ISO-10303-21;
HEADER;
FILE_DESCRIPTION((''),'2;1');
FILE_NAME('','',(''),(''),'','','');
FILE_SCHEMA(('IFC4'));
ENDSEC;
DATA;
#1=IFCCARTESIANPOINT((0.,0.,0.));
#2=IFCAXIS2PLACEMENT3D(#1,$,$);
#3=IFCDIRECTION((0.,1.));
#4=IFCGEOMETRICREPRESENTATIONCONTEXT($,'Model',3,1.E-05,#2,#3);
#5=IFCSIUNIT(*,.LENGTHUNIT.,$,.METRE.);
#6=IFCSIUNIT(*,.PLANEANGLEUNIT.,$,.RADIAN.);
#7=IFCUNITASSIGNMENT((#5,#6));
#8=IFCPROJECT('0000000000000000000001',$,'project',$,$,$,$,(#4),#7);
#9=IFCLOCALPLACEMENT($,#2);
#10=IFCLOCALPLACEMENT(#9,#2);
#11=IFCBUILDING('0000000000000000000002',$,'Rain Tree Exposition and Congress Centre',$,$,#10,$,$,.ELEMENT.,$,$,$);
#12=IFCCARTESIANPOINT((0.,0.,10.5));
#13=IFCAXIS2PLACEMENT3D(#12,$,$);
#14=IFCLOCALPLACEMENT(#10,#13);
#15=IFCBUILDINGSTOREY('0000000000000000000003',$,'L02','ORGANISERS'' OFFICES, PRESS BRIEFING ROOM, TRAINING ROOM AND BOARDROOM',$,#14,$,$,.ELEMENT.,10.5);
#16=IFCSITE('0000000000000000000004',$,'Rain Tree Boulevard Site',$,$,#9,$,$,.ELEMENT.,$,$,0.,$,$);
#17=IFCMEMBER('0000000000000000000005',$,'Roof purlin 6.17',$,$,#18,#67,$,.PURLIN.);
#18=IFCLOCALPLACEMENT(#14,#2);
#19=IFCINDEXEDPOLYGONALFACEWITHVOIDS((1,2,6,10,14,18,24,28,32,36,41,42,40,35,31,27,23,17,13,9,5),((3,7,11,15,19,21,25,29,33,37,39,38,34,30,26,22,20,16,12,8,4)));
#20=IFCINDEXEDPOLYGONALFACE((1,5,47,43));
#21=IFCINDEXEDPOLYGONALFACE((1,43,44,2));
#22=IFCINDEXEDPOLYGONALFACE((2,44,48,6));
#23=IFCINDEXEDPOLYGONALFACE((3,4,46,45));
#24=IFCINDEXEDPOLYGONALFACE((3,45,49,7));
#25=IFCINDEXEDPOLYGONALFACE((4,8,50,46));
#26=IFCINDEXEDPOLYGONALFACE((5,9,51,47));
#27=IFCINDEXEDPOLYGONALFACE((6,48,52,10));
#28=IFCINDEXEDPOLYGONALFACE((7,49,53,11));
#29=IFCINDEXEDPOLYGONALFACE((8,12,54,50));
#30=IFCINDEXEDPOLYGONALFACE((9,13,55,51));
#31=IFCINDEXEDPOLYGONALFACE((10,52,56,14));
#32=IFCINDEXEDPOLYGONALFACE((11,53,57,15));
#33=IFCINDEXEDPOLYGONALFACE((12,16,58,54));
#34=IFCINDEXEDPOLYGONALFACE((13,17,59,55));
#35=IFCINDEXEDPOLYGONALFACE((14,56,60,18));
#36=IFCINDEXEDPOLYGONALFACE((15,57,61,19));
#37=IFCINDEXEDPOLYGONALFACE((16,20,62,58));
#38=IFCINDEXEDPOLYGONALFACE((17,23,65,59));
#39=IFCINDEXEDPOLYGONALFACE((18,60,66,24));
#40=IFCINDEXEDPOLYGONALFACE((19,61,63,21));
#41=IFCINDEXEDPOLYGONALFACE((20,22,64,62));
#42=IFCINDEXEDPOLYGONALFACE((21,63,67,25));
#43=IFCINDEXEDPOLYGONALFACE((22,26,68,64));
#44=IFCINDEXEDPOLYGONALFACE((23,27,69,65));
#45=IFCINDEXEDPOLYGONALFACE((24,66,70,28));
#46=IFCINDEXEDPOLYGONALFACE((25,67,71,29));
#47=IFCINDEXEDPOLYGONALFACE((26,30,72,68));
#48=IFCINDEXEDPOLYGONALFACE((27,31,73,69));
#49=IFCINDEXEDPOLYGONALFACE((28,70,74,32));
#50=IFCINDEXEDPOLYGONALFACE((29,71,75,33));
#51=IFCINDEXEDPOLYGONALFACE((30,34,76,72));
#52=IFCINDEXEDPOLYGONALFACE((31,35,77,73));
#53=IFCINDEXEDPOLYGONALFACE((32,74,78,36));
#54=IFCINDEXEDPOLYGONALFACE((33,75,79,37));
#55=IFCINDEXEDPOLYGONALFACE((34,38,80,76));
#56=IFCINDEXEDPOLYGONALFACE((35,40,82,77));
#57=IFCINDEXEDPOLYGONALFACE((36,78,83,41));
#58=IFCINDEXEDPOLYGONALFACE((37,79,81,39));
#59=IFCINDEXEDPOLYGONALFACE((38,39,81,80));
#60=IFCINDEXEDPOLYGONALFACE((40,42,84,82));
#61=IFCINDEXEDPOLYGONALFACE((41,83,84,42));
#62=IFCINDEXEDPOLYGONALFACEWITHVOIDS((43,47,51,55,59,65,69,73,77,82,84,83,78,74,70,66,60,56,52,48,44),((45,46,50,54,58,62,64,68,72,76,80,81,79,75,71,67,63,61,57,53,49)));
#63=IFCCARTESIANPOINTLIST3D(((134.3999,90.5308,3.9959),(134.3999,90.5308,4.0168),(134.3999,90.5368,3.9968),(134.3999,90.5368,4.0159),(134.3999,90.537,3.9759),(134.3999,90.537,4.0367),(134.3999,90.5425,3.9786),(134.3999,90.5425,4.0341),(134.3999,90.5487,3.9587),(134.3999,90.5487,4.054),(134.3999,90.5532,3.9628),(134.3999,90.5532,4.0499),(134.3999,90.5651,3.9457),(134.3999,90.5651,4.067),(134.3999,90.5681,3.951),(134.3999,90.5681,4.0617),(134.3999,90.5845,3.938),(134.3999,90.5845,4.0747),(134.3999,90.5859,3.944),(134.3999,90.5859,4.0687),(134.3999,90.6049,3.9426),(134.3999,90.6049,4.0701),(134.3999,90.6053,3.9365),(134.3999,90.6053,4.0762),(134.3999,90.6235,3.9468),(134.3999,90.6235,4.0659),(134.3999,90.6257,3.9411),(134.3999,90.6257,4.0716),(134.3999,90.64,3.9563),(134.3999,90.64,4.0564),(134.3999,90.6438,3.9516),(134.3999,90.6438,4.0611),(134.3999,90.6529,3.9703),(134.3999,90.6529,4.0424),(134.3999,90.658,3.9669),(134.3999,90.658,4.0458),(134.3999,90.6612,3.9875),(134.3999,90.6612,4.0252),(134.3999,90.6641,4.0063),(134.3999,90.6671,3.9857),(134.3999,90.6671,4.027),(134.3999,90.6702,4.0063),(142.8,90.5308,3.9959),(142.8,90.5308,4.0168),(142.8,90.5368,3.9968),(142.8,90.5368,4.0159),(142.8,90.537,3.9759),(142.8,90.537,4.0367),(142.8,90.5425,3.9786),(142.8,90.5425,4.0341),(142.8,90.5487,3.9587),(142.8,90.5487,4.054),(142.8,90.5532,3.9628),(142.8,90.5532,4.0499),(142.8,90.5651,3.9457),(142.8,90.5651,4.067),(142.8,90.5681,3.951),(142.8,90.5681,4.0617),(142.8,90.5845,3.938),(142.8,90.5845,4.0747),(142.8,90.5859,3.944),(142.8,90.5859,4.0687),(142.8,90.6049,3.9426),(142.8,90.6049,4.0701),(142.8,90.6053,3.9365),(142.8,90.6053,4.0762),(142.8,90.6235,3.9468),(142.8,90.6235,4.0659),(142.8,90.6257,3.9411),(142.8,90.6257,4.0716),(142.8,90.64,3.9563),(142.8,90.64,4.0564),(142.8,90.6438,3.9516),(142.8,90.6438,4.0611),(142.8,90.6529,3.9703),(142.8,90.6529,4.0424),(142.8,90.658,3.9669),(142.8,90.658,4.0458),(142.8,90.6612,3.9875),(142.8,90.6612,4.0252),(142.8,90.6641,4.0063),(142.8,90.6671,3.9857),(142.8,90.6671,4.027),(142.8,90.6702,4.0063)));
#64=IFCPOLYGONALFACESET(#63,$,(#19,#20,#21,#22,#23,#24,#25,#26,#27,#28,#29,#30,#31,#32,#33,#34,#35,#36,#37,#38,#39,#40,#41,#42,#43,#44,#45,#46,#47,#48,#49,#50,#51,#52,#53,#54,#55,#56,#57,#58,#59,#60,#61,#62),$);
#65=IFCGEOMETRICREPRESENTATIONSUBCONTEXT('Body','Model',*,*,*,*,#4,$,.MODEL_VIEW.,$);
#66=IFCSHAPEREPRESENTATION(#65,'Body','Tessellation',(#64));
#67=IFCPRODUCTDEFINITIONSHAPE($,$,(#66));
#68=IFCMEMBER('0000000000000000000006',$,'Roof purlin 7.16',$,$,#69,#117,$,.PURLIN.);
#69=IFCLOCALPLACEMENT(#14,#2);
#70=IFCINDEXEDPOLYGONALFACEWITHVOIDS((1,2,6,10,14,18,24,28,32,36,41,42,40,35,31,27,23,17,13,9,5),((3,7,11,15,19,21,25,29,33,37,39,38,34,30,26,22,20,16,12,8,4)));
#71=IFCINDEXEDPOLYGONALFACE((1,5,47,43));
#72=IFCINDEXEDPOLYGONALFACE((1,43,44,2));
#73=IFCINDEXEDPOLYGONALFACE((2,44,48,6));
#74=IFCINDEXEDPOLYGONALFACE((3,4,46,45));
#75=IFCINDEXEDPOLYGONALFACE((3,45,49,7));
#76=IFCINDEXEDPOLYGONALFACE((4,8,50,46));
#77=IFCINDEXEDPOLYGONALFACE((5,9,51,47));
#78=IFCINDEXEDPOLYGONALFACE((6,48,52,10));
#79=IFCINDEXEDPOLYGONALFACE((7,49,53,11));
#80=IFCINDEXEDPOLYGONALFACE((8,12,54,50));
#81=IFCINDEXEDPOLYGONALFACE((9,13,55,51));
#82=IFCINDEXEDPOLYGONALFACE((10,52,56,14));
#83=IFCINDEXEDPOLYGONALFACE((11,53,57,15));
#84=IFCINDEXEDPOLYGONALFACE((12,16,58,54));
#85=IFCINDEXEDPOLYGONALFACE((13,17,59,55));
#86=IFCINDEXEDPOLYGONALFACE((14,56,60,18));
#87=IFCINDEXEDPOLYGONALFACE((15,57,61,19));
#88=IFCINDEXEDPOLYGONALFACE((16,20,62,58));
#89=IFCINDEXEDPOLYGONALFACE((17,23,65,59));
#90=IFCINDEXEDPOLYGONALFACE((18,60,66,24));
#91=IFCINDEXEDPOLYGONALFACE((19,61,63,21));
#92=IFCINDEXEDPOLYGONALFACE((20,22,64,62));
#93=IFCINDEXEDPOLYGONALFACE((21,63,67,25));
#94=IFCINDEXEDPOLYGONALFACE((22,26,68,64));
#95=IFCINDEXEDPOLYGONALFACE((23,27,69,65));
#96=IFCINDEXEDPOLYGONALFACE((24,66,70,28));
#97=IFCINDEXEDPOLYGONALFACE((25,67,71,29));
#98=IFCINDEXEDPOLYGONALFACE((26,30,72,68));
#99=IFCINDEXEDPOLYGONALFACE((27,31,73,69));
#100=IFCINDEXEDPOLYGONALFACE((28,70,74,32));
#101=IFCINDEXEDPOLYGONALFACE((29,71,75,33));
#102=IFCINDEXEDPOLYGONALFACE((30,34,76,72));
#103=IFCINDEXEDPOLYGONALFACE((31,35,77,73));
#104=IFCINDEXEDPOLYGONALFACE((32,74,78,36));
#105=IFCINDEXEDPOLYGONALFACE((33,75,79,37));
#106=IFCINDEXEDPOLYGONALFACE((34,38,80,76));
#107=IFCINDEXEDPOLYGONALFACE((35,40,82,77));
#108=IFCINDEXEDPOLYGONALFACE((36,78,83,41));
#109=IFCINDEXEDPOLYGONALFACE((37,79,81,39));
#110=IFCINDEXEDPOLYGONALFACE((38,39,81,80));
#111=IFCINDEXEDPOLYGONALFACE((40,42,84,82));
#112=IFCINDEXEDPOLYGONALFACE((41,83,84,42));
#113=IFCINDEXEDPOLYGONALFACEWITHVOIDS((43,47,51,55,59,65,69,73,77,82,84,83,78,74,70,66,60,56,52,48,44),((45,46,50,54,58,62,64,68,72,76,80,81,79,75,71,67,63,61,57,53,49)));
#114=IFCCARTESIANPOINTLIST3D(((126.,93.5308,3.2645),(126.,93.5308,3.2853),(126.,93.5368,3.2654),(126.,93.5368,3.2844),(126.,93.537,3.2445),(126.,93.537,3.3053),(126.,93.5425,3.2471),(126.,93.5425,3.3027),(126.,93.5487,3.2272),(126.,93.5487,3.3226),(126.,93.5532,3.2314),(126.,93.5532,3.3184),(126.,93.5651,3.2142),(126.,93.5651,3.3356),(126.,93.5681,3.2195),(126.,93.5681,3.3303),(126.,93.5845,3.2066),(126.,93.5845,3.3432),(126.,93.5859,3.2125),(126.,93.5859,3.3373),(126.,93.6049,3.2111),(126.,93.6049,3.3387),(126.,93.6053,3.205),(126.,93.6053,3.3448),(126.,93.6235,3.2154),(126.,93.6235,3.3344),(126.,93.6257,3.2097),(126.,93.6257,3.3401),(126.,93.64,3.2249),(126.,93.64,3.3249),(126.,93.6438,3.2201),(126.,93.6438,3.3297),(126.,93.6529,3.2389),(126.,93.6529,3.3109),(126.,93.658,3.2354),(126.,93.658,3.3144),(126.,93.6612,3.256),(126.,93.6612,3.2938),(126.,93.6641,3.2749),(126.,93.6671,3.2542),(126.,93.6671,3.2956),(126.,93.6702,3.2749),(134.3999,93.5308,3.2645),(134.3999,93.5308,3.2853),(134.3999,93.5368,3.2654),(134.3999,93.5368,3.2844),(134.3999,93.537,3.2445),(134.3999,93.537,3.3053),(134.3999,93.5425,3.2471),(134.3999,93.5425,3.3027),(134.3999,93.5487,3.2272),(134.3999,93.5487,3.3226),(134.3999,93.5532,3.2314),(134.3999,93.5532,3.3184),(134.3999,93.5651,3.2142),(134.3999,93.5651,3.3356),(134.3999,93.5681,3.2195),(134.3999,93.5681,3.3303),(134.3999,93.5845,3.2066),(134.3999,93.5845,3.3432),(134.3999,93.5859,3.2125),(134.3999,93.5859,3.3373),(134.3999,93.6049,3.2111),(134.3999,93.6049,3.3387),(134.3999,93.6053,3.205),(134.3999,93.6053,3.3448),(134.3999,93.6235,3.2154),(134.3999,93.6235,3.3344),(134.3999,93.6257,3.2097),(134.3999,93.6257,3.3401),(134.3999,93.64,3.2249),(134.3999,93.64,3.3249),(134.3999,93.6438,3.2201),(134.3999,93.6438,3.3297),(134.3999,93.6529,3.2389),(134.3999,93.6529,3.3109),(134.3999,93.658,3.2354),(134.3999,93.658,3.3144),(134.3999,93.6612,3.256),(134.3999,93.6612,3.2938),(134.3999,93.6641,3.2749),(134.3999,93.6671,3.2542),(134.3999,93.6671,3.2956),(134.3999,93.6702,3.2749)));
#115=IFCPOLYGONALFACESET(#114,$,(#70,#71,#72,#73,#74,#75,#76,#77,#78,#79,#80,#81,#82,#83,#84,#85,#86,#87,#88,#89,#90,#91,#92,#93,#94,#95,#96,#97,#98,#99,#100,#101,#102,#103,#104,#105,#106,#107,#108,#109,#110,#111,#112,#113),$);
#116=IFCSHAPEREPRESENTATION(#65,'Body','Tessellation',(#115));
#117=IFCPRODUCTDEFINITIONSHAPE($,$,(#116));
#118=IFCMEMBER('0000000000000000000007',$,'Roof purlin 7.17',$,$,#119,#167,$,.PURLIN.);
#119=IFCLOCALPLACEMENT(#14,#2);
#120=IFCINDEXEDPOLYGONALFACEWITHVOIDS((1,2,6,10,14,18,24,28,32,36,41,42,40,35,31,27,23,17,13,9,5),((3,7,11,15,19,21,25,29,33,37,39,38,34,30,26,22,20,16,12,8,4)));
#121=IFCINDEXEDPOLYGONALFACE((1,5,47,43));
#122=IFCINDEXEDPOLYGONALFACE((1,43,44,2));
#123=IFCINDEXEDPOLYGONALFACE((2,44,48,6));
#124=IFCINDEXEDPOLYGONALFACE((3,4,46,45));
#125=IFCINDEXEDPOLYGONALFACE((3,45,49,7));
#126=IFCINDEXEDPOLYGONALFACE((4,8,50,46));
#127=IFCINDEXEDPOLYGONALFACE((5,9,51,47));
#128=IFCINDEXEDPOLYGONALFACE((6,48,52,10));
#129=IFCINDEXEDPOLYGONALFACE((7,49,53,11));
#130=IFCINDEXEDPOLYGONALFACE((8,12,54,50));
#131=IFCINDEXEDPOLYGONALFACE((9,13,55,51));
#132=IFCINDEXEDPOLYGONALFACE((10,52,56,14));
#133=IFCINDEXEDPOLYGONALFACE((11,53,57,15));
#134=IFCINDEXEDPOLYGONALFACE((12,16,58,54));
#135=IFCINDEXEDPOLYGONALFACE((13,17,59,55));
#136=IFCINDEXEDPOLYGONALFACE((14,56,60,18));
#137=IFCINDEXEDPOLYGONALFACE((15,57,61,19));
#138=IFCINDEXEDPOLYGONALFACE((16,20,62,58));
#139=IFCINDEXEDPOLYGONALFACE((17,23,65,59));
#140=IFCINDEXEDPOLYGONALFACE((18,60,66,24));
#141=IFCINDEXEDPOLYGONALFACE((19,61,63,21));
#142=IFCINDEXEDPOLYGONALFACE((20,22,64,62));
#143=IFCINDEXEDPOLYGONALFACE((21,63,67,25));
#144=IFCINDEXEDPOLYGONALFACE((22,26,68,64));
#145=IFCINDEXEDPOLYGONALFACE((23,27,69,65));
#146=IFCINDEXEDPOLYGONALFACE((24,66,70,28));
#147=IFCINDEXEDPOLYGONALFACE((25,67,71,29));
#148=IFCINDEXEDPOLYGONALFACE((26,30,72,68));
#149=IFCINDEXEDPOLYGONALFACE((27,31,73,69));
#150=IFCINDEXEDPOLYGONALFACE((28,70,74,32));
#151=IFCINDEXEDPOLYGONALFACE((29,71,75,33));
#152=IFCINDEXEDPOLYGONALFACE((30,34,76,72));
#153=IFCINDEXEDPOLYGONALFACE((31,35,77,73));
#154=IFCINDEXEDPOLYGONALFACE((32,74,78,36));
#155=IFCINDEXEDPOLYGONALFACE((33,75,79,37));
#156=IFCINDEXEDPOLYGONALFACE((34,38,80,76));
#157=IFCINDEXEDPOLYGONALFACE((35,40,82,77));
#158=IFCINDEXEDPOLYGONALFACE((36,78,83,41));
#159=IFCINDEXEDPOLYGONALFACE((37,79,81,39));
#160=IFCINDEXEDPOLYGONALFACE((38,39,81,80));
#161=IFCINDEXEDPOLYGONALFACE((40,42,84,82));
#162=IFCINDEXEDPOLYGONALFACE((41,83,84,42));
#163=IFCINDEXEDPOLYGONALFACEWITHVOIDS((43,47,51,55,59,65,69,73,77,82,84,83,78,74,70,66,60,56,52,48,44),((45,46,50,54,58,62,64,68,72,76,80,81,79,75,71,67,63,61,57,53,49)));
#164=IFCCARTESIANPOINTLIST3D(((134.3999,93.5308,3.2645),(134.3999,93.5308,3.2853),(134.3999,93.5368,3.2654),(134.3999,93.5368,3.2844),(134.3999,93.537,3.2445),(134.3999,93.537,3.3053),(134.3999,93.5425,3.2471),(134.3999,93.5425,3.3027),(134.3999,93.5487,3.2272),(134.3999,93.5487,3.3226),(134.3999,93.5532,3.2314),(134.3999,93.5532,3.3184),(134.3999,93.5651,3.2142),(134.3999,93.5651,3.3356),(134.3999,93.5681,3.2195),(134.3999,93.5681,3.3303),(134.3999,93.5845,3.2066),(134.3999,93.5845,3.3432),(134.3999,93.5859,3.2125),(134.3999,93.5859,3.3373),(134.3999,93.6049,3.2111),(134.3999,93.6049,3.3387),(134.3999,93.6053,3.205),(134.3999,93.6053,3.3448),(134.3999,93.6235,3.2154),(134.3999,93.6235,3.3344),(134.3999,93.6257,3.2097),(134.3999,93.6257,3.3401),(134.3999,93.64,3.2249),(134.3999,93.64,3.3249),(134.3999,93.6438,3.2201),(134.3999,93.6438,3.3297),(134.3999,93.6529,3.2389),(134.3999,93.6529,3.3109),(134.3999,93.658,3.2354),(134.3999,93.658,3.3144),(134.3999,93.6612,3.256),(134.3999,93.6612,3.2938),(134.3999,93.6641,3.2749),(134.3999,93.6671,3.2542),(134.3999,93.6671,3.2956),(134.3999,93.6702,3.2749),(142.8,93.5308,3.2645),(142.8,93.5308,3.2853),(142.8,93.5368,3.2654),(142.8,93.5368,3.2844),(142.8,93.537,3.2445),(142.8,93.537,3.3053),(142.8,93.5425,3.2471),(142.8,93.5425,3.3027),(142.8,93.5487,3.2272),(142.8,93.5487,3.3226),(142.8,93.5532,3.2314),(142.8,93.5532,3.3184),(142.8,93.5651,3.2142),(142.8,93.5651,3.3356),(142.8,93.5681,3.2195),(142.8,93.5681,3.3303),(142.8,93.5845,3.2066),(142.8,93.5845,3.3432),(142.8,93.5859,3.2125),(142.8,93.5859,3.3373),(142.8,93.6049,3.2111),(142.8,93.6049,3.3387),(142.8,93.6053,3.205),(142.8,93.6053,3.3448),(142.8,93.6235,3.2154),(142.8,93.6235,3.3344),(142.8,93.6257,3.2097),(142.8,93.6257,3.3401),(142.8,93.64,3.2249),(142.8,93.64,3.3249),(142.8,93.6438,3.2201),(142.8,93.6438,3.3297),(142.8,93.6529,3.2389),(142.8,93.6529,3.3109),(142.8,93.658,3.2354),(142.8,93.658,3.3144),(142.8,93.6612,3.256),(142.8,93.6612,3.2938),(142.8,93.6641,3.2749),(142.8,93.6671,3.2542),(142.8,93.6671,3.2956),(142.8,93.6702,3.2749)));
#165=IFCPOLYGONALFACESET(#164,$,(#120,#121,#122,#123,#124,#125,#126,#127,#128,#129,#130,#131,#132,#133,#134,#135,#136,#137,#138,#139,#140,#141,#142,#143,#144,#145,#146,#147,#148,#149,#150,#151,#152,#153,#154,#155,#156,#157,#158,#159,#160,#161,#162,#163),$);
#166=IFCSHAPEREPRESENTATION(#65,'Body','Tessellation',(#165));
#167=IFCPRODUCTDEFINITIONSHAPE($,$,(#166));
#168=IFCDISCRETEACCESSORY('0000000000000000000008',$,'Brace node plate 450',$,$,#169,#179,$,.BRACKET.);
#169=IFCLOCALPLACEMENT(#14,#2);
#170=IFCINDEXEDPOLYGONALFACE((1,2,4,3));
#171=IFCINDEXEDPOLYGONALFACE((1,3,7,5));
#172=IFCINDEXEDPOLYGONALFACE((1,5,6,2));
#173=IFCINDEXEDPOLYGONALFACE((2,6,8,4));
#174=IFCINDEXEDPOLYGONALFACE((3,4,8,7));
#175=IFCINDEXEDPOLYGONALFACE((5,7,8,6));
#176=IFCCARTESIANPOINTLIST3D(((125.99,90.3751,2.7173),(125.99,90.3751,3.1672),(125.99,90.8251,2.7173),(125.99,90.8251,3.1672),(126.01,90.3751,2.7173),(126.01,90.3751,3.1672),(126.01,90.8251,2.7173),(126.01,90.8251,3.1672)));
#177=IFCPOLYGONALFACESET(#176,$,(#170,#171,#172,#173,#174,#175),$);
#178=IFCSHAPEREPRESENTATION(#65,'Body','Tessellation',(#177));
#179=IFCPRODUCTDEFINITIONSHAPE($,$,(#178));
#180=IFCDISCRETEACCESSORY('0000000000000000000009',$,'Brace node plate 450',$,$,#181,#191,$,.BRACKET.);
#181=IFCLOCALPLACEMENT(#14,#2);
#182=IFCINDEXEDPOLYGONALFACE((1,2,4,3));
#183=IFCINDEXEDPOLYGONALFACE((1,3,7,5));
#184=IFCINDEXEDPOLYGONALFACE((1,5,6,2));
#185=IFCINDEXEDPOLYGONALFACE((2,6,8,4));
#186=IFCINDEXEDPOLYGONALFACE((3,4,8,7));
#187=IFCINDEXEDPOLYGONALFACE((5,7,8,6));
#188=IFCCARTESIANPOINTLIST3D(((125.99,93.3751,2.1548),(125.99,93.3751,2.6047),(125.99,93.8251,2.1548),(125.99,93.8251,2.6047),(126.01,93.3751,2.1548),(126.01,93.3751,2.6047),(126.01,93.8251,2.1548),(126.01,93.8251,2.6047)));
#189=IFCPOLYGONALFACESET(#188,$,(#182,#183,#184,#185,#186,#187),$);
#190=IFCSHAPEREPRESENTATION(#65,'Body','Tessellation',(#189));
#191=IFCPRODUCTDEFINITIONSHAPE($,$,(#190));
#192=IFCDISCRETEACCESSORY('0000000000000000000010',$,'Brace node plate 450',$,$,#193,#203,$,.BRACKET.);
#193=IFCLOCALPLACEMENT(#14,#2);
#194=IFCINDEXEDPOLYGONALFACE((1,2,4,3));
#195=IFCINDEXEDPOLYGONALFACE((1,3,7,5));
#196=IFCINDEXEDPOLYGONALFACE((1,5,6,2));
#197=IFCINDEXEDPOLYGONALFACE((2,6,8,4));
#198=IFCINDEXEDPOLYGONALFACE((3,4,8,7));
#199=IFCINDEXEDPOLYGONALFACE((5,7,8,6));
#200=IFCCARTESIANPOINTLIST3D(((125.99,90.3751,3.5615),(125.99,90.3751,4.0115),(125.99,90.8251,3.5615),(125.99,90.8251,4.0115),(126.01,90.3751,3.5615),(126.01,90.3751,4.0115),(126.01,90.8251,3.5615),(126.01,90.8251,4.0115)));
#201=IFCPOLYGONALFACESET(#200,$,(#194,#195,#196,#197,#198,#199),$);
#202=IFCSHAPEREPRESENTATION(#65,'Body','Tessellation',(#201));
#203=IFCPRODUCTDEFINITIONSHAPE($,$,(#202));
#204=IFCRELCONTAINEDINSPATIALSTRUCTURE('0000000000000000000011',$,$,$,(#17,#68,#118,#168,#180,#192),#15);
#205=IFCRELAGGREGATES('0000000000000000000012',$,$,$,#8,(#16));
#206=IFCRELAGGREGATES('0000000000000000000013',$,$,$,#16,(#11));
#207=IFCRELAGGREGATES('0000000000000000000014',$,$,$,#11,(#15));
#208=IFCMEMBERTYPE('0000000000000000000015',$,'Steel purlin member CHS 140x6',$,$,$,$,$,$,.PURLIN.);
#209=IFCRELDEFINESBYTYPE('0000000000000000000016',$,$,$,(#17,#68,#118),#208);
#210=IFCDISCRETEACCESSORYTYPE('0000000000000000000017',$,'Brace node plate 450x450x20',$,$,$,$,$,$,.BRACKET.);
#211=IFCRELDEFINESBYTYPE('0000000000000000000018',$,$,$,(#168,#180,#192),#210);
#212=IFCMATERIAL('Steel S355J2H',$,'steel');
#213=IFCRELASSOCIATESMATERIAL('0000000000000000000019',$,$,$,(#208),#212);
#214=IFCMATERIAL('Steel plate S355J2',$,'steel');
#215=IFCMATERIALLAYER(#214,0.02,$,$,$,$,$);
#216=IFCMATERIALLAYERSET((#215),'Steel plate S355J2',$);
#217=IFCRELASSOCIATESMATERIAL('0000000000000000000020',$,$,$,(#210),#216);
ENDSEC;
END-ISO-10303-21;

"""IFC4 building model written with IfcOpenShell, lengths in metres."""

from ifc_helpers import new_model, si_unit, direction, frame, origin, origin_2d, place, context, subcontext, project, spatial, rectangle, hollow_circle, extrude, material, layer, layer_set, material_profile, profile_set, type_object, element, save


model = new_model("IFC4")

# Units and contexts
model_context = context("Model", 3, precision=1e-05, world=origin(), true_north=direction((0.0, 1.0)))
body_context = subcontext(model_context, "Body", "Model", "MODEL_VIEW")
ifc_project = project(units=[si_unit("LENGTHUNIT", "METRE"), si_unit("PLANEANGLEUNIT", "RADIAN")], contexts=[model_context])

# Site, building, storey
site_placement = place(None, origin())
site = spatial("IfcSite", under=ifc_project, at=site_placement, Name="Rain Tree Boulevard Site", CompositionType="ELEMENT", RefElevation=0.0)
building_placement = place(site_placement, origin())
building = spatial("IfcBuilding", under=site, at=building_placement, Name="Rain Tree Exposition and Congress Centre", CompositionType="ELEMENT")
storey_placement = place(building_placement, frame((0.0, 0.0, 10.5)))
storey = spatial("IfcBuildingStorey", under=building, at=storey_placement, Name="L02", Description="ORGANISERS' OFFICES, PRESS BRIEFING ROOM, TRAINING ROOM AND BOARDROOM", CompositionType="ELEMENT", Elevation=10.5)

# Members
ifc_material_1 = material(Name="Steel S355J2H", Category="steel")
ifc_material_profile_1 = material_profile(ifc_material_1, hollow_circle(Radius=0.0701, WallThickness=0.0061, at=origin_2d()), Name="CHS 140x6")
ifc_profile_set_1 = profile_set([ifc_material_profile_1], Name="Steel S355J2H")
member_type_1 = type_object("IfcMemberType", Name="Steel purlin member CHS 140x6", PredefinedType="PURLIN", material=ifc_profile_set_1)
member_1_placement = place(storey_placement, frame((134.3999, 90.6001, 4.0063), z_axis=(1.0, 0.0, 0.0), x_axis=(0.0, 1.0, 0.0)))
element("IfcMember", 1, at=member_1_placement, inside=storey, type_object=member_type_1, Name="Roof purlin 6.17", PredefinedType="PURLIN", context=body_context, shape_type="SweptSolid", body=[
    extrude(hollow_circle(Radius=0.0701, WallThickness=0.0061, at=origin_2d()), origin(), (0.0, 0.0, 1.0), 8.4001),
])
member_2_placement = place(storey_placement, frame((126.0, 93.6001, 3.2749), z_axis=(1.0, 0.0, 0.0), x_axis=(0.0, 1.0, 0.0)))
element("IfcMember", 2, at=member_2_placement, inside=storey, type_object=member_type_1, Name="Roof purlin 7.16", PredefinedType="PURLIN", context=body_context, shape_type="SweptSolid", body=[
    extrude(hollow_circle(Radius=0.0701, WallThickness=0.0061, at=origin_2d()), origin(), (0.0, 0.0, 1.0), 8.3999),
])
member_3_placement = place(storey_placement, frame((134.3999, 93.6001, 3.2749), z_axis=(1.0, 0.0, 0.0), x_axis=(0.0, 1.0, 0.0)))
element("IfcMember", 3, at=member_3_placement, inside=storey, type_object=member_type_1, Name="Roof purlin 7.17", PredefinedType="PURLIN", context=body_context, shape_type="SweptSolid", body=[
    extrude(hollow_circle(Radius=0.0701, WallThickness=0.0061, at=origin_2d()), origin(), (0.0, 0.0, 1.0), 8.4001),
])

# Discrete accessories
ifc_material_2 = material(Name="Steel plate S355J2", Category="steel")
ifc_layer = layer(ifc_material_2, 0.02)
ifc_layer_set = layer_set([ifc_layer], Name="Steel plate S355J2")
discrete_accessory_type = type_object("IfcDiscreteAccessoryType", Name="Brace node plate 450x450x20", PredefinedType="BRACKET", material=ifc_layer_set)
for number, where, z_axis, x_axis, name in (
    (4, (126.0, 90.6001, 2.7173), (0.0, 0.0, 1.0), (0.0, -1.0, 0.0), "Brace node plate 450"),
    (5, (126.0, 93.6001, 2.1548), (0.0, 0.0, 1.0), (0.0, -1.0, 0.0), "Brace node plate 450"),
    (6, (126.0, 90.6001, 3.5615), (0.0, 0.0, 1.0), (0.0, 1.0, 0.0), "Brace node plate 450"),
):
    element("IfcDiscreteAccessory", number, at=place(storey_placement, frame(where, z_axis=z_axis, x_axis=x_axis)), inside=storey, type_object=discrete_accessory_type, Name=name, PredefinedType="BRACKET", context=body_context, shape_type="SweptSolid", body=[
        extrude(rectangle(XDim=0.45, YDim=0.02, at=origin_2d()), origin(), (0.0, 0.0, 1.0), 0.45),
    ])

save(model, "model.ifc")
